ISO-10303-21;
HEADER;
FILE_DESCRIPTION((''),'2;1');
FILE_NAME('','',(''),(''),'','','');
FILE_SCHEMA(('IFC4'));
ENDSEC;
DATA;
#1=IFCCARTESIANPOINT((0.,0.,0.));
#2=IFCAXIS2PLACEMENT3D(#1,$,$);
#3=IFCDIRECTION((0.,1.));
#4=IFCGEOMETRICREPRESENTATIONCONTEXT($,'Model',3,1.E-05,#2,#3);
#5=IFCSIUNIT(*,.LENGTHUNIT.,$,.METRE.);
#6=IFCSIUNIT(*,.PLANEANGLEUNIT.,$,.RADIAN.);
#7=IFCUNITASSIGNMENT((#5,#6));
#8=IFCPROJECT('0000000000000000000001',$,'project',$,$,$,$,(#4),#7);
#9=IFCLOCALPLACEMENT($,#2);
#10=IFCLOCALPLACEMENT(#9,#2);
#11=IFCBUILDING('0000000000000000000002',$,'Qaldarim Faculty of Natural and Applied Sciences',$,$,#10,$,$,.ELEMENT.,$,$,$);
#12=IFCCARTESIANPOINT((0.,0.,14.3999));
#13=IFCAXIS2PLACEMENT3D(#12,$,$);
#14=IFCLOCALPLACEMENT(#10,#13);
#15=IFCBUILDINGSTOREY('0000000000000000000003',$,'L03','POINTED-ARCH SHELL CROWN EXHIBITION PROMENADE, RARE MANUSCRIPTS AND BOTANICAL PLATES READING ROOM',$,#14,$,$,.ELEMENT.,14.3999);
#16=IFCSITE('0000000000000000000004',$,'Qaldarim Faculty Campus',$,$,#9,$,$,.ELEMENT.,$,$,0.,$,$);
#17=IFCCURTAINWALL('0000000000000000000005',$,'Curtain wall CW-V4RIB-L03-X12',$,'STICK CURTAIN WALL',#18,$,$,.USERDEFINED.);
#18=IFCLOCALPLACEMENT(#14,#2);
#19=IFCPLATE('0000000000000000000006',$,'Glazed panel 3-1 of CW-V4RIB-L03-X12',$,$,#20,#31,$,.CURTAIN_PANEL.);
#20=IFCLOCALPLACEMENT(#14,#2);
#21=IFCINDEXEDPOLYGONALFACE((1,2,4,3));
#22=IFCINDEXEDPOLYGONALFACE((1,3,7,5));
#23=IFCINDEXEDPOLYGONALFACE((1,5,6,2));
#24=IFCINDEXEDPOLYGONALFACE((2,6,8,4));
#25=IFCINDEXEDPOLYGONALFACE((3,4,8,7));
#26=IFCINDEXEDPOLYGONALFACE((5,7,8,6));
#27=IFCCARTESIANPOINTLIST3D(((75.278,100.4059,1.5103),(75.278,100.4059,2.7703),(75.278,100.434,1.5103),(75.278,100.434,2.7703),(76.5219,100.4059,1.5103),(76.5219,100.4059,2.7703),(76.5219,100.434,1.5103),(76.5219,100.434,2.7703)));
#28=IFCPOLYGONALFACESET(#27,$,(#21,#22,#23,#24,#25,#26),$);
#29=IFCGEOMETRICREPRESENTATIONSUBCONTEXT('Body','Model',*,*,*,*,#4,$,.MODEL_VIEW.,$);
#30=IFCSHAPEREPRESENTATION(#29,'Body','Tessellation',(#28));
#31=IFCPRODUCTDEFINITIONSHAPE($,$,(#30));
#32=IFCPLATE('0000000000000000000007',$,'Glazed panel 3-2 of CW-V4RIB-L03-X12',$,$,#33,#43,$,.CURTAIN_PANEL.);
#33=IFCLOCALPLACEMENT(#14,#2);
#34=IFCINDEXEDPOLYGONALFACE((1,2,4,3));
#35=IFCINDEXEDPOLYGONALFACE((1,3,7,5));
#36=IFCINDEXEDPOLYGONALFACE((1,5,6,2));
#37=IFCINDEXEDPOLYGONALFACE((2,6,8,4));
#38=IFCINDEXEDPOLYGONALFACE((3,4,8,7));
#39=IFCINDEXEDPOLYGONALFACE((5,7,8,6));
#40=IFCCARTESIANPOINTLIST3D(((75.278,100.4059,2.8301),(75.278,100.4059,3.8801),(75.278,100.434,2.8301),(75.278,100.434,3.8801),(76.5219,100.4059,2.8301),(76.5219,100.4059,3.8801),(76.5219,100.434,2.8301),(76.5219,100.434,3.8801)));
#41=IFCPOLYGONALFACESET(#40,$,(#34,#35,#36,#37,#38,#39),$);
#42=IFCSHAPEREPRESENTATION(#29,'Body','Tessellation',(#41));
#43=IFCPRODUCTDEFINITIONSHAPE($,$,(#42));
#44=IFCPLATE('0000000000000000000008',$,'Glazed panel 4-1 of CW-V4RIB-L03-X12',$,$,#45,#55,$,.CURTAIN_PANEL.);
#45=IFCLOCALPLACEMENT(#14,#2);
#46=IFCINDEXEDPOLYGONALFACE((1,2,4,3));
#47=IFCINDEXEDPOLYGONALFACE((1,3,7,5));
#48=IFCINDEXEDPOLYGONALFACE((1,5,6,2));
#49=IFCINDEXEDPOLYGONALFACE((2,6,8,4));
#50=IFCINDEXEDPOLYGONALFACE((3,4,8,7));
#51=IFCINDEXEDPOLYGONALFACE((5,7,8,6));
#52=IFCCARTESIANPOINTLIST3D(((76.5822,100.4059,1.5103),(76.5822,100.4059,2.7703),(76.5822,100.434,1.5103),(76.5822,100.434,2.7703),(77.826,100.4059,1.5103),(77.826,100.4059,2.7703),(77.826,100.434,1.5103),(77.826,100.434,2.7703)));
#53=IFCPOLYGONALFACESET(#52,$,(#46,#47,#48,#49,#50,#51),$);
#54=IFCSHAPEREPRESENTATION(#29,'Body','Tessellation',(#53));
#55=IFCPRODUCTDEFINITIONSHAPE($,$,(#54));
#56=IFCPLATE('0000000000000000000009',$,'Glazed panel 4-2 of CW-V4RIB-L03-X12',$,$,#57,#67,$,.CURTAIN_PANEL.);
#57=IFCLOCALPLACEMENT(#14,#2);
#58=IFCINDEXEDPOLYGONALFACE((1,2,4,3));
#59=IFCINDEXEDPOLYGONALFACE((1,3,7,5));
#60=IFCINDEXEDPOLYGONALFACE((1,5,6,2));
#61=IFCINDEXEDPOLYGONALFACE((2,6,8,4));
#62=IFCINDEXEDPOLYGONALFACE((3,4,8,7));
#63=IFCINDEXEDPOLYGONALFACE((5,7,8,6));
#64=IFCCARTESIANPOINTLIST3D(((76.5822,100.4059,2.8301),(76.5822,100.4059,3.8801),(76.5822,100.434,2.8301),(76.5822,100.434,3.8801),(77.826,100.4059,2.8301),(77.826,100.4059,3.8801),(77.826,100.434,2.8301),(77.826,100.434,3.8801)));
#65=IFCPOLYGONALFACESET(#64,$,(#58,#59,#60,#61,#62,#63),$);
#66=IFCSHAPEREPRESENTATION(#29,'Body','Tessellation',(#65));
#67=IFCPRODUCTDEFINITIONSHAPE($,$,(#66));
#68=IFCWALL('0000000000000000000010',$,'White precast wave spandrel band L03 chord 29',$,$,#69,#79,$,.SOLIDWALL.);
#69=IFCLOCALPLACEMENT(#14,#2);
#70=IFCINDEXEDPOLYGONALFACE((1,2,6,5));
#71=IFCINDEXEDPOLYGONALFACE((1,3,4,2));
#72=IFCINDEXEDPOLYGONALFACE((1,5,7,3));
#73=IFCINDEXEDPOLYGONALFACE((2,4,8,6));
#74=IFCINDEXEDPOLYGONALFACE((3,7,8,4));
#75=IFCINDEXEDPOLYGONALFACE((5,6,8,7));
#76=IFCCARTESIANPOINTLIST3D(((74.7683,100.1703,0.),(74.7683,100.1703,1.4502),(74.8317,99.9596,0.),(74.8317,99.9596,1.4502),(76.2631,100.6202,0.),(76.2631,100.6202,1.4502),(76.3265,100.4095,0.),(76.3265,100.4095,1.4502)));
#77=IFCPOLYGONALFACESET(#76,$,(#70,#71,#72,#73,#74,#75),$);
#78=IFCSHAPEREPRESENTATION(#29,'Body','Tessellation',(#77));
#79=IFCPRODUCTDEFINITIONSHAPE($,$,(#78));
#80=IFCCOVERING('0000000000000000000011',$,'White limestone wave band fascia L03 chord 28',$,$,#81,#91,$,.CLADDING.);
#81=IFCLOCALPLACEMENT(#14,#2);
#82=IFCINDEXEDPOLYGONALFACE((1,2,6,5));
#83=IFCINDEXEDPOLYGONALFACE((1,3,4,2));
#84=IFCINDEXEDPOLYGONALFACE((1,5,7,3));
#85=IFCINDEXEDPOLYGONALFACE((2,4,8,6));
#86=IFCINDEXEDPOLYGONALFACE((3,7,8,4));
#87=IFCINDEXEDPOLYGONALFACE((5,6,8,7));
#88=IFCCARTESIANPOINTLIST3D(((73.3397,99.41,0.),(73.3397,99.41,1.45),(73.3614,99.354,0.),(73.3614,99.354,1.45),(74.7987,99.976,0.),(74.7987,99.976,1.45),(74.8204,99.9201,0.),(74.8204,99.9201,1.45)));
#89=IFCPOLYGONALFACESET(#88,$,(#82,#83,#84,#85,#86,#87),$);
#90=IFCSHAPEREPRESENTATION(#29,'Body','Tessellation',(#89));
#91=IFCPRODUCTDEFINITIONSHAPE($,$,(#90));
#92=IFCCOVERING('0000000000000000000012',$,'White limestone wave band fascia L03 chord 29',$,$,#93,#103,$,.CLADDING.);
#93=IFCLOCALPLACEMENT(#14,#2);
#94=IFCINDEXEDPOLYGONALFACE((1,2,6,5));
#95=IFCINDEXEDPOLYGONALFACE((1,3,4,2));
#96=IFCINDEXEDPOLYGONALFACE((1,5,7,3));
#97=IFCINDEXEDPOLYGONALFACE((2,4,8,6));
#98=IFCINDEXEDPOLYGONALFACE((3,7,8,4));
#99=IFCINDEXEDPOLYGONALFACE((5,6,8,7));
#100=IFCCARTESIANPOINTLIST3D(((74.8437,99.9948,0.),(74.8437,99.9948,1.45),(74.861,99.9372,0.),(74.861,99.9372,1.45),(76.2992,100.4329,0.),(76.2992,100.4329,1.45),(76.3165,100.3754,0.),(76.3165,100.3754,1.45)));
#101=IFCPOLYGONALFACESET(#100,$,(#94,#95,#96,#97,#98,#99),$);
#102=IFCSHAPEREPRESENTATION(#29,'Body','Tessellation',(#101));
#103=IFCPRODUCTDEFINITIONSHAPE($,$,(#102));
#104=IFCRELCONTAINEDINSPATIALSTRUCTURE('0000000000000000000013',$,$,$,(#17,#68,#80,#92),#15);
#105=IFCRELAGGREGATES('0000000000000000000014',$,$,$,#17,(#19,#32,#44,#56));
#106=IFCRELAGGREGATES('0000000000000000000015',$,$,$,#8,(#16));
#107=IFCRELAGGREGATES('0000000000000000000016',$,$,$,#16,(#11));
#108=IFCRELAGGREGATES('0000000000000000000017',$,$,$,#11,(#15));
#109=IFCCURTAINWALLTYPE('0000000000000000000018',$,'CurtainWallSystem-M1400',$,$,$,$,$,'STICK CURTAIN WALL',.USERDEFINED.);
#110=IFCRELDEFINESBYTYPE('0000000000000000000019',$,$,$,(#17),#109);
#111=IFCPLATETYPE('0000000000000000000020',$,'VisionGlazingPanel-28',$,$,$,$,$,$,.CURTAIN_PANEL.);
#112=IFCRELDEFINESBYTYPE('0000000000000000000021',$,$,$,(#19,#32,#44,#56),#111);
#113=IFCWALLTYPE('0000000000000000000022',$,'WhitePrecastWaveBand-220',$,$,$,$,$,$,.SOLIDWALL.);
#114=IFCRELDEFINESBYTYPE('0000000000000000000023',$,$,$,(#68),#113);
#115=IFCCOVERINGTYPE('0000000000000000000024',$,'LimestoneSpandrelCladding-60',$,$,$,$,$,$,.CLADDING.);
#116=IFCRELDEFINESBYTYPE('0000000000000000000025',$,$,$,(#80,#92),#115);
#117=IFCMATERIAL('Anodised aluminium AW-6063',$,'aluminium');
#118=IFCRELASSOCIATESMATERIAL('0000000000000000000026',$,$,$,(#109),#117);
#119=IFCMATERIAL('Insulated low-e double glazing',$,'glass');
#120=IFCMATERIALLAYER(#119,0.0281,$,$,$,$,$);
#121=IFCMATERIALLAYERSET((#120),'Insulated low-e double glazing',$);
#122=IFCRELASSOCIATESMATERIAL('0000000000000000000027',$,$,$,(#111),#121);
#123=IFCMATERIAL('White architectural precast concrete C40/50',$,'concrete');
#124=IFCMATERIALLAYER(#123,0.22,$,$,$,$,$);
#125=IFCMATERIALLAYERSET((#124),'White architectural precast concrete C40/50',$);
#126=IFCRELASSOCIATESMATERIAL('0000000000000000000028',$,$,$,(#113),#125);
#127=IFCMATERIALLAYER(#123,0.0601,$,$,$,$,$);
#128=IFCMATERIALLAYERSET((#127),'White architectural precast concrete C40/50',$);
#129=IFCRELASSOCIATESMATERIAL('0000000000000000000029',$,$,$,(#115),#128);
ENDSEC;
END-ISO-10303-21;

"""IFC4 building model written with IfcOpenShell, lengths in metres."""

from ifc_helpers import new_model, si_unit, direction, frame, frame_2d, origin, origin_2d, place, context, subcontext, project, spatial, rectangle, extrude, material, layer, layer_set, type_object, element, aggregate, save


model = new_model("IFC4")

# Units and contexts
model_context = context("Model", 3, precision=1e-05, world=origin(), true_north=direction((0.0, 1.0)))
body_context = subcontext(model_context, "Body", "Model", "MODEL_VIEW")
ifc_project = project(units=[si_unit("LENGTHUNIT", "METRE"), si_unit("PLANEANGLEUNIT", "RADIAN")], contexts=[model_context])

# Site, building, storey
site_placement = place(None, origin())
site = spatial("IfcSite", under=ifc_project, at=site_placement, Name="Qaldarim Faculty Campus", CompositionType="ELEMENT", RefElevation=0.0)
building_placement = place(site_placement, origin())
building = spatial("IfcBuilding", under=site, at=building_placement, Name="Qaldarim Faculty of Natural and Applied Sciences", CompositionType="ELEMENT")
storey_placement = place(building_placement, frame((0.0, 0.0, 14.3999)))
storey = spatial("IfcBuildingStorey", under=building, at=storey_placement, Name="L03", Description="POINTED-ARCH SHELL CROWN EXHIBITION PROMENADE, RARE MANUSCRIPTS AND BOTANICAL PLATES READING ROOM", CompositionType="ELEMENT", Elevation=14.3999)

# Curtain wall, plates
ifc_material_1 = material(Name="Anodised aluminium AW-6063", Category="aluminium")
curtain_wall_type = type_object("IfcCurtainWallType", Name="CurtainWallSystem-M1400", ElementType="STICK CURTAIN WALL", PredefinedType="USERDEFINED", material=ifc_material_1)
curtain_wall_placement = place(storey_placement, origin())
curtain_wall = element("IfcCurtainWall", 1, at=curtain_wall_placement, inside=storey, type_object=curtain_wall_type, Name="Curtain wall CW-V4RIB-L03-X12", ObjectType="STICK CURTAIN WALL", PredefinedType="USERDEFINED")
ifc_material_2 = material(Name="Insulated low-e double glazing", Category="glass")
ifc_layer_1 = layer(ifc_material_2, 0.0281)
ifc_layer_set_1 = layer_set([ifc_layer_1], Name="Insulated low-e double glazing")
plate_type = type_object("IfcPlateType", Name="VisionGlazingPanel-28", PredefinedType="CURTAIN_PANEL", material=ifc_layer_set_1)
plate_1_placement = place(storey_placement, frame((75.8999, 100.4199, 1.5103), z_axis=(0.0, 0.0, 1.0), x_axis=(1.0, 0.0, 0.0)))
plate_1 = element("IfcPlate", 2, at=plate_1_placement, type_object=plate_type, Name="Glazed panel 3-1 of CW-V4RIB-L03-X12", PredefinedType="CURTAIN_PANEL", context=body_context, shape_type="SweptSolid", body=[
    extrude(rectangle(XDim=1.2439, YDim=0.0281, at=origin_2d()), origin(), (0.0, 0.0, 1.0), 1.26),
])
plate_2_placement = place(storey_placement, frame((75.8999, 100.4199, 2.8301), z_axis=(0.0, 0.0, 1.0), x_axis=(1.0, 0.0, 0.0)))
plate_2 = element("IfcPlate", 3, at=plate_2_placement, type_object=plate_type, Name="Glazed panel 3-2 of CW-V4RIB-L03-X12", PredefinedType="CURTAIN_PANEL", context=body_context, shape_type="SweptSolid", body=[
    extrude(rectangle(XDim=1.2439, YDim=0.0281, at=origin_2d()), origin(), (0.0, 0.0, 1.0), 1.05),
])
plate_3_placement = place(storey_placement, frame((77.2041, 100.4199, 1.5103), z_axis=(0.0, 0.0, 1.0), x_axis=(1.0, 0.0, 0.0)))
plate_3 = element("IfcPlate", 4, at=plate_3_placement, type_object=plate_type, Name="Glazed panel 4-1 of CW-V4RIB-L03-X12", PredefinedType="CURTAIN_PANEL", context=body_context, shape_type="SweptSolid", body=[
    extrude(rectangle(XDim=1.2439, YDim=0.0281, at=origin_2d()), origin(), (0.0, 0.0, 1.0), 1.26),
])
plate_4_placement = place(storey_placement, frame((77.2041, 100.4199, 2.8301), z_axis=(0.0, 0.0, 1.0), x_axis=(1.0, 0.0, 0.0)))
plate_4 = element("IfcPlate", 5, at=plate_4_placement, type_object=plate_type, Name="Glazed panel 4-2 of CW-V4RIB-L03-X12", PredefinedType="CURTAIN_PANEL", context=body_context, shape_type="SweptSolid", body=[
    extrude(rectangle(XDim=1.2439, YDim=0.0281, at=origin_2d()), origin(), (0.0, 0.0, 1.0), 1.05),
])
aggregate(curtain_wall, [plate_1, plate_2, plate_3, plate_4])

# Wall
ifc_material_3 = material(Name="White architectural precast concrete C40/50", Category="concrete")
ifc_layer_2 = layer(ifc_material_3, 0.22)
ifc_layer_set_2 = layer_set([ifc_layer_2], Name="White architectural precast concrete C40/50")
wall_type = type_object("IfcWallType", Name="WhitePrecastWaveBand-220", PredefinedType="SOLIDWALL", material=ifc_layer_set_2)
wall_placement = place(storey_placement, frame((74.8, 100.0649, 0.0), z_axis=(0.0, 0.0, 1.0), x_axis=(0.957563, 0.288223, 0.0)))
element("IfcWall", 6, at=wall_placement, inside=storey, type_object=wall_type, Name="White precast wave spandrel band L03 chord 29", PredefinedType="SOLIDWALL", context=body_context, shape_type="SweptSolid", body=[
    extrude(rectangle(XDim=1.561, YDim=0.22, at=frame_2d((0.7805, 0.0))), origin(), (0.0, 0.0, 1.0), 1.4502),
])

# Coverings
ifc_layer_3 = layer(ifc_material_3, 0.0601)
ifc_layer_set_3 = layer_set([ifc_layer_3], Name="White architectural precast concrete C40/50")
covering_type = type_object("IfcCoveringType", Name="LimestoneSpandrelCladding-60", PredefinedType="CLADDING", material=ifc_layer_set_3)
covering_1_placement = place(storey_placement, frame((74.0801, 99.665, 0.0), z_axis=(0.0, 0.0, 1.0), x_axis=(0.932299, 0.36169, 0.0)))
element("IfcCovering", 7, at=covering_1_placement, inside=storey, type_object=covering_type, Name="White limestone wave band fascia L03 chord 28", PredefinedType="CLADDING", context=body_context, shape_type="SweptSolid", body=[
    extrude(rectangle(XDim=1.5649, YDim=0.0601, at=origin_2d()), origin(), (0.0, 0.0, 1.0), 1.45),
])
covering_2_placement = place(storey_placement, frame((75.5801, 100.1851, 0.0), z_axis=(0.0, 0.0, 1.0), x_axis=(0.957561, 0.28823, 0.0)))
element("IfcCovering", 8, at=covering_2_placement, inside=storey, type_object=covering_type, Name="White limestone wave band fascia L03 chord 29", PredefinedType="CLADDING", context=body_context, shape_type="SweptSolid", body=[
    extrude(rectangle(XDim=1.52, YDim=0.0601, at=origin_2d()), origin(), (0.0, 0.0, 1.0), 1.45),
])

save(model, "model.ifc")
